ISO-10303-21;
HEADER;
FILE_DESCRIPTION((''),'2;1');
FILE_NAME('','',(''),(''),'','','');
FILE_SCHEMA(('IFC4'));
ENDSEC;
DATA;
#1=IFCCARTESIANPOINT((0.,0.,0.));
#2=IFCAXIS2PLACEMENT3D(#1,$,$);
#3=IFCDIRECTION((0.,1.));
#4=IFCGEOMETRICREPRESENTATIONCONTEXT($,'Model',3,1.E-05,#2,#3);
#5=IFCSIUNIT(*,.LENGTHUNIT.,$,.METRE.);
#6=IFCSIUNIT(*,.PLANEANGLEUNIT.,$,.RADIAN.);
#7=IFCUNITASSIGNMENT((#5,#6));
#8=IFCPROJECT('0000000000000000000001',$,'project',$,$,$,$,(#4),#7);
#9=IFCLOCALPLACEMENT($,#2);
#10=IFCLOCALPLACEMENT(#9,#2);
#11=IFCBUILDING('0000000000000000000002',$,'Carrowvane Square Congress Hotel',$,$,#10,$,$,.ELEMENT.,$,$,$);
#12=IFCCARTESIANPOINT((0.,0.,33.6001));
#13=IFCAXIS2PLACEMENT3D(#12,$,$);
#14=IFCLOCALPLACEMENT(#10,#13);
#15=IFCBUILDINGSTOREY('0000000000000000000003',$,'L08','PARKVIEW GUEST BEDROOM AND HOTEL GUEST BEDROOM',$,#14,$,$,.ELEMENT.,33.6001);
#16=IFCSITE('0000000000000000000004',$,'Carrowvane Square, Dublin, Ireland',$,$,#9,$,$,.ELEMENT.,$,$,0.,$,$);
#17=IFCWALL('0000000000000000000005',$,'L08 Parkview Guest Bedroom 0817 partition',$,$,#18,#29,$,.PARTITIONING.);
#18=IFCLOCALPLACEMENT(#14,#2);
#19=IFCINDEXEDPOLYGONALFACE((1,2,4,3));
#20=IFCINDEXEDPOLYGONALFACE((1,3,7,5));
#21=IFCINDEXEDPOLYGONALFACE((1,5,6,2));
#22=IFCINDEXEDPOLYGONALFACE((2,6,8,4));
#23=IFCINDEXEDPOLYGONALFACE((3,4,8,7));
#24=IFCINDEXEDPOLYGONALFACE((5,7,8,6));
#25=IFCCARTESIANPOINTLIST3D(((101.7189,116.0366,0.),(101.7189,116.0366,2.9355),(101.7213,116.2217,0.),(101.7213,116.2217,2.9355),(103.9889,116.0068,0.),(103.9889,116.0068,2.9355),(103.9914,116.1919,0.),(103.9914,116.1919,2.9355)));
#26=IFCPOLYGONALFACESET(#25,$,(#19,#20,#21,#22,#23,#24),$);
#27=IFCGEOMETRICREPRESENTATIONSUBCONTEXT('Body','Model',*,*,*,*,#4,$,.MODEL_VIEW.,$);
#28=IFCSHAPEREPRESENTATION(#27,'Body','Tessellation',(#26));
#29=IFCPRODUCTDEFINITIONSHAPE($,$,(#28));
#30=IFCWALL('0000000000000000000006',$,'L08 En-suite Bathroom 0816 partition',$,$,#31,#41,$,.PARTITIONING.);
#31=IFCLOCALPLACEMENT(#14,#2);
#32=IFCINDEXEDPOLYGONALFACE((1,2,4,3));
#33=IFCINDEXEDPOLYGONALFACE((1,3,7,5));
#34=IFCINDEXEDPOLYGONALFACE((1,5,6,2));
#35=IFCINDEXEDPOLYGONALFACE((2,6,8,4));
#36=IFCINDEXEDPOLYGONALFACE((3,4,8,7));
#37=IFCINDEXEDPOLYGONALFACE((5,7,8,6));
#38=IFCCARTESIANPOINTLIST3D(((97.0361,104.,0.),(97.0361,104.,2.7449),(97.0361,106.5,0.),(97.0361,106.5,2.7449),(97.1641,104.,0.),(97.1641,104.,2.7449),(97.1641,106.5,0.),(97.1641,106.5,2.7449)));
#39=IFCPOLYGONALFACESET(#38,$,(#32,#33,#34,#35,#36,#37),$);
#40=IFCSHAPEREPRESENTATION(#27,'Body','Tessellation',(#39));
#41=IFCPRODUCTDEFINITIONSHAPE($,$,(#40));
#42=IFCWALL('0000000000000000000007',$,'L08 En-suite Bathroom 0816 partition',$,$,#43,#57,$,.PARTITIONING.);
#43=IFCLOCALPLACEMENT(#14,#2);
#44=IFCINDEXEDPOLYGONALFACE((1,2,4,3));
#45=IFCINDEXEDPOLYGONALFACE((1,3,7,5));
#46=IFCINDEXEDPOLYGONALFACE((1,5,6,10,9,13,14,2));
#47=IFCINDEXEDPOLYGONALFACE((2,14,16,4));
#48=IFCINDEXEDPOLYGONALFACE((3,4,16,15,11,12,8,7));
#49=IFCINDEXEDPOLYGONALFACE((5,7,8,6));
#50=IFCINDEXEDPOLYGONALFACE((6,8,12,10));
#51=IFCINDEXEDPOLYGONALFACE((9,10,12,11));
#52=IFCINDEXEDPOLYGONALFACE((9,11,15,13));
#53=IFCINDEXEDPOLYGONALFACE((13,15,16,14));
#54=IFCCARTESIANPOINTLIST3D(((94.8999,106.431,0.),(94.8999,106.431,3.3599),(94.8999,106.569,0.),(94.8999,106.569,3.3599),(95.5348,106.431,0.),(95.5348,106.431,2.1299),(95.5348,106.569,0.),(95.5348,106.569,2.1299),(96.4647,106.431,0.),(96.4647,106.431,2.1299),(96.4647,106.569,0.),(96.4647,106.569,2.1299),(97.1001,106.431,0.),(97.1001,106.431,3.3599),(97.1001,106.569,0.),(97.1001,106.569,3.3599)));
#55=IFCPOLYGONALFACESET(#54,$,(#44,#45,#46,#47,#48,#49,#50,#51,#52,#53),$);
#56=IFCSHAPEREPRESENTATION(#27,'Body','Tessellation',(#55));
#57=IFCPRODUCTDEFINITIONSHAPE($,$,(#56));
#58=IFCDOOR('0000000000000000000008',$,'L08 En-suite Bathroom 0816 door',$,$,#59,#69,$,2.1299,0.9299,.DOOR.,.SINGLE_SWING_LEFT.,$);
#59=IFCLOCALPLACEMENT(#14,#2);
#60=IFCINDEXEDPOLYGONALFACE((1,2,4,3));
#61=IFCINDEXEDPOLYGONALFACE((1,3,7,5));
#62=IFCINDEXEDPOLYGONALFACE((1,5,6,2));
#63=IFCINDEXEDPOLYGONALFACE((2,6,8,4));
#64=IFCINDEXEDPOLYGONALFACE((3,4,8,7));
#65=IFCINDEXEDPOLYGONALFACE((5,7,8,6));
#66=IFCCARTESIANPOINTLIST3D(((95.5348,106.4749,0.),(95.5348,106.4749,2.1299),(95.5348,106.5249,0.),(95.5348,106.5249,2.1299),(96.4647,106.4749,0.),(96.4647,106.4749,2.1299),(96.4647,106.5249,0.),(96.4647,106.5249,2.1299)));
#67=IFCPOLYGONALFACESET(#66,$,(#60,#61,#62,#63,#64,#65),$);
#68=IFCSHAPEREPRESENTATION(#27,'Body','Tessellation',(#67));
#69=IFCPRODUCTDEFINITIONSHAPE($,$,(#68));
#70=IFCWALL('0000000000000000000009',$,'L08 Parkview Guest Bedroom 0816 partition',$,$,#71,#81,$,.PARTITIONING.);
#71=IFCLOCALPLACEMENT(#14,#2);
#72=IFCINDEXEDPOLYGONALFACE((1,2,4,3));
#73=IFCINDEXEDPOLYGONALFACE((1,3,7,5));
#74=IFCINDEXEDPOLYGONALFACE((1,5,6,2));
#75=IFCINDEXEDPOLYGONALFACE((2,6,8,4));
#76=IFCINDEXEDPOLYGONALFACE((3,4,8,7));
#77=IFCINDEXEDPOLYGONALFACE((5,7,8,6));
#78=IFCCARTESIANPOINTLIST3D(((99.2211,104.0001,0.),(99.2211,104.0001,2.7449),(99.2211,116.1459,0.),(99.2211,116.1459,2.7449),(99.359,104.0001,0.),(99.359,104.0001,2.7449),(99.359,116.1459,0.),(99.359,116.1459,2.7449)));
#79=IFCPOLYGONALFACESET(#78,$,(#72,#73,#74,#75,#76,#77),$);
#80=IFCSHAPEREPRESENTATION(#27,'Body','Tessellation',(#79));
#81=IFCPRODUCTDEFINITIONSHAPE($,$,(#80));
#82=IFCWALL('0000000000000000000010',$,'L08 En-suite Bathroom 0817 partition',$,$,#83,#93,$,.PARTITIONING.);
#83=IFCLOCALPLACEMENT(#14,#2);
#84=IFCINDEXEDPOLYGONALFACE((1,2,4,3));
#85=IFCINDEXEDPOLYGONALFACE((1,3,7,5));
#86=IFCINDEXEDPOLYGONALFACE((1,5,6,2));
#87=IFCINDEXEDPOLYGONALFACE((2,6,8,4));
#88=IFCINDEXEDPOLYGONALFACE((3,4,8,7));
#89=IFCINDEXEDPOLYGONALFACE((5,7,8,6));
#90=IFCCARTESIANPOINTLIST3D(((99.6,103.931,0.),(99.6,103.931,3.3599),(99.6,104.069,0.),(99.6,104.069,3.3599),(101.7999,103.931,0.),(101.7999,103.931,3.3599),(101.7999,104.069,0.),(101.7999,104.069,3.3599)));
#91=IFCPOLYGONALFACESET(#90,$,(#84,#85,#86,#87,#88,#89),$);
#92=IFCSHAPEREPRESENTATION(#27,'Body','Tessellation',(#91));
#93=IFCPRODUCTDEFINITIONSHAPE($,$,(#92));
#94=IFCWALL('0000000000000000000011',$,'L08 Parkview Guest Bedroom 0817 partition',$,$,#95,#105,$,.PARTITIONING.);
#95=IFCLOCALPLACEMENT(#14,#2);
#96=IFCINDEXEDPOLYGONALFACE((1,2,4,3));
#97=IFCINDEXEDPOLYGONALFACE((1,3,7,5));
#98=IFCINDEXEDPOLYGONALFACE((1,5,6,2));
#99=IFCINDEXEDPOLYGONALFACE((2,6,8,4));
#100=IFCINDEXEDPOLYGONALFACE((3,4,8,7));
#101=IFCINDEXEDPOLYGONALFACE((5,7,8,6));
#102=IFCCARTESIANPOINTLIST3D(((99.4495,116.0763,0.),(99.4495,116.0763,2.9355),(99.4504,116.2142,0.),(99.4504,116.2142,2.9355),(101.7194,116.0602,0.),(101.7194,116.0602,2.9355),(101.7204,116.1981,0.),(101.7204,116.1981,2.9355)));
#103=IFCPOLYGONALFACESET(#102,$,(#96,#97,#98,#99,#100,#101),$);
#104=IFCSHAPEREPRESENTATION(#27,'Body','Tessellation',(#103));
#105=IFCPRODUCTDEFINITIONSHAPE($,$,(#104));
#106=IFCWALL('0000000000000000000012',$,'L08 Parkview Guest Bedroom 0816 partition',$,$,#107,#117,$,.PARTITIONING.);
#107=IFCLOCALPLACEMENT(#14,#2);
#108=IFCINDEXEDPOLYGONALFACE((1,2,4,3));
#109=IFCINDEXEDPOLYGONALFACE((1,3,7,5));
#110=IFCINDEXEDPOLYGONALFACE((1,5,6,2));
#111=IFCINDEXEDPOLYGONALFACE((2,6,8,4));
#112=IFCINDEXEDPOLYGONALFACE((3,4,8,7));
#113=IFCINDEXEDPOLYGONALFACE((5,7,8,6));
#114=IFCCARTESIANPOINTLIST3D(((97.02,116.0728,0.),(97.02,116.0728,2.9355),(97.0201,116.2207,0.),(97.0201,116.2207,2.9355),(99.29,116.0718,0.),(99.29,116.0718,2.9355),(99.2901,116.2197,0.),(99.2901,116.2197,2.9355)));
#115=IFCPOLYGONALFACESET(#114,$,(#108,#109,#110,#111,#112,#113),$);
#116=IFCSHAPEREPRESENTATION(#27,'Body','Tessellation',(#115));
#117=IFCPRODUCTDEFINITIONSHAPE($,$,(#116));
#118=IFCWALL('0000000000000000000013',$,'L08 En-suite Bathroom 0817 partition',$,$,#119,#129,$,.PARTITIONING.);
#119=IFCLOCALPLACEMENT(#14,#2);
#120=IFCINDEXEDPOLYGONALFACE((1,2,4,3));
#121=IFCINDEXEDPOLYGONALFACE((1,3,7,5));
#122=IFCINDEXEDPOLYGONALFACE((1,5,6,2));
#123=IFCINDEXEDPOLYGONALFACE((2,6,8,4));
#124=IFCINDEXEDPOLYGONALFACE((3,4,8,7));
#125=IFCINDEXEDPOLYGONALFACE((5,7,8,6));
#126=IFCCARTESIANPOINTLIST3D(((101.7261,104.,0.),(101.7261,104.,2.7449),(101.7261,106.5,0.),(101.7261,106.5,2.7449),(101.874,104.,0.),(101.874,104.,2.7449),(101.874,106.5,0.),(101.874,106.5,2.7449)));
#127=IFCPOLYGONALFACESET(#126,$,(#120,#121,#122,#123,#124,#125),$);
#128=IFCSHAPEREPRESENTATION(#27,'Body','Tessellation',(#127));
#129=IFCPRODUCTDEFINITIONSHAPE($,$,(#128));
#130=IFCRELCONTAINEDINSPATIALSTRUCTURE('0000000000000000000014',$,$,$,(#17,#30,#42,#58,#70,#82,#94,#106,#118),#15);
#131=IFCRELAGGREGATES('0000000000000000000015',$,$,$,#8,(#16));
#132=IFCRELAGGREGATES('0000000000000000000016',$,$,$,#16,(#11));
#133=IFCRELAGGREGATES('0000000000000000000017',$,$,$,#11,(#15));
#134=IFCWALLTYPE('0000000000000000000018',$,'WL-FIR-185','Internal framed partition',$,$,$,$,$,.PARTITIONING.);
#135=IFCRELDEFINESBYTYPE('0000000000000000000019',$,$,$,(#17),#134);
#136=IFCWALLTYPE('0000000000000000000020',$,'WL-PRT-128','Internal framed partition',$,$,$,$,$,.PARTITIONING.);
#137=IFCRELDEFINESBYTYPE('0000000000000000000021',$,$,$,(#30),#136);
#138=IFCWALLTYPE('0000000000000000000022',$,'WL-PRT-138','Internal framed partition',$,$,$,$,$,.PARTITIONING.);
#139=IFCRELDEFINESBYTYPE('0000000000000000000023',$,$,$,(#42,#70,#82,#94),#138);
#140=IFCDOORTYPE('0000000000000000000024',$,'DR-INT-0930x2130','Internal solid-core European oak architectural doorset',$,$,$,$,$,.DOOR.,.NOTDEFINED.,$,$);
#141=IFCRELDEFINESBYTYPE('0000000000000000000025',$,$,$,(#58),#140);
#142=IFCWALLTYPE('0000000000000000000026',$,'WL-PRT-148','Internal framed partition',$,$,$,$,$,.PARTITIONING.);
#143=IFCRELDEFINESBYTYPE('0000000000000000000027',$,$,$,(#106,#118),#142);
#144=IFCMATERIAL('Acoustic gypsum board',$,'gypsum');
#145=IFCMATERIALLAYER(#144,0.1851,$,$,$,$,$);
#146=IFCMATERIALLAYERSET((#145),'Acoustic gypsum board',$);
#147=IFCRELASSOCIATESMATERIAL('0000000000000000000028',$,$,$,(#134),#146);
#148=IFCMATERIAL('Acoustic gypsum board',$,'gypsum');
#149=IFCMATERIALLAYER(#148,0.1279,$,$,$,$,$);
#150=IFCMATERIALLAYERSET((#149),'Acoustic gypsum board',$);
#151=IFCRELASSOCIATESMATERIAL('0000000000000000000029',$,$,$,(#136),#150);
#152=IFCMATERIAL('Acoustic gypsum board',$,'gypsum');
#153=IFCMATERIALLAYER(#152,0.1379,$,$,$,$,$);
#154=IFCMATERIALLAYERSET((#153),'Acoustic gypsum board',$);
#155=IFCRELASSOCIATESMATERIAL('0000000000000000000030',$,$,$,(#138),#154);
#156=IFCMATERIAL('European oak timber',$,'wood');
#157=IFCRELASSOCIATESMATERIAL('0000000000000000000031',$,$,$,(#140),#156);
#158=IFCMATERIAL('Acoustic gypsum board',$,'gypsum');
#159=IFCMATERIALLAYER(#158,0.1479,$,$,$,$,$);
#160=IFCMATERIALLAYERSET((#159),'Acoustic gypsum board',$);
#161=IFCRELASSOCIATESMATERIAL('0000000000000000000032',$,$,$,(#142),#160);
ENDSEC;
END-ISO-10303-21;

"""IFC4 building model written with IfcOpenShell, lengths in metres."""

from ifc_helpers import new_model, si_unit, direction, frame, frame_2d, origin, place, context, subcontext, project, spatial, rectangle, extrude, material, layer, layer_set, type_object, element, fill, save


model = new_model("IFC4")

# Units and contexts
model_context = context("Model", 3, precision=1e-05, world=origin(), true_north=direction((0.0, 1.0)))
body_context = subcontext(model_context, "Body", "Model", "MODEL_VIEW")
ifc_project = project(units=[si_unit("LENGTHUNIT", "METRE"), si_unit("PLANEANGLEUNIT", "RADIAN")], contexts=[model_context])

# Site, building, storey
site_placement = place(None, origin())
site = spatial("IfcSite", under=ifc_project, at=site_placement, Name="Carrowvane Square, Dublin, Ireland", CompositionType="ELEMENT", RefElevation=0.0)
building_placement = place(site_placement, origin())
building = spatial("IfcBuilding", under=site, at=building_placement, Name="Carrowvane Square Congress Hotel", CompositionType="ELEMENT")
storey_placement = place(building_placement, frame((0.0, 0.0, 33.6001)))
storey = spatial("IfcBuildingStorey", under=building, at=storey_placement, Name="L08", Description="PARKVIEW GUEST BEDROOM AND HOTEL GUEST BEDROOM", CompositionType="ELEMENT", Elevation=33.6001)

# Shared definitions
ifc_material_1 = material(Name="Acoustic gypsum board", Category="gypsum")
ifc_layer_1 = layer(ifc_material_1, 0.1851)
ifc_layer_set_1 = layer_set([ifc_layer_1], Name="Acoustic gypsum board")
wall_type_1 = type_object("IfcWallType", Name="WL-FIR-185", Description="Internal framed partition", PredefinedType="PARTITIONING", material=ifc_layer_set_1)

# Walls
wall_1_placement = place(storey_placement, frame((101.72, 116.1292, 0.0), z_axis=(0.0, 0.0, 1.0), x_axis=(0.999914, -0.01312, 0.0)))
element("IfcWall", 1, at=wall_1_placement, inside=storey, type_object=wall_type_1, Name="L08 Parkview Guest Bedroom 0817 partition", PredefinedType="PARTITIONING", context=body_context, shape_type="SweptSolid", body=[
    extrude(rectangle(XDim=2.2703, YDim=0.1851, at=frame_2d((1.1353, 0.0))), origin(), (0.0, 0.0, 1.0), 2.9355),
])
ifc_material_2 = material(Name="Acoustic gypsum board", Category="gypsum")
ifc_layer_2 = layer(ifc_material_2, 0.1279)
ifc_layer_set_2 = layer_set([ifc_layer_2], Name="Acoustic gypsum board")
wall_type_2 = type_object("IfcWallType", Name="WL-PRT-128", Description="Internal framed partition", PredefinedType="PARTITIONING", material=ifc_layer_set_2)
wall_2_placement = place(storey_placement, frame((97.1001, 106.5, 0.0), z_axis=(0.0, 0.0, 1.0), x_axis=(0.0, -1.0, 0.0)))
element("IfcWall", 2, at=wall_2_placement, inside=storey, type_object=wall_type_2, Name="L08 En-suite Bathroom 0816 partition", PredefinedType="PARTITIONING", context=body_context, shape_type="SweptSolid", body=[
    extrude(rectangle(XDim=2.5, YDim=0.1279, at=frame_2d((1.25, 0.0))), origin(), (0.0, 0.0, 1.0), 2.7449),
])

# Wall, opening, door
ifc_material_3 = material(Name="Acoustic gypsum board", Category="gypsum")
ifc_layer_3 = layer(ifc_material_3, 0.1379)
ifc_layer_set_3 = layer_set([ifc_layer_3], Name="Acoustic gypsum board")
wall_type_3 = type_object("IfcWallType", Name="WL-PRT-138", Description="Internal framed partition", PredefinedType="PARTITIONING", material=ifc_layer_set_3)
wall_3_placement = place(storey_placement, frame((94.8999, 106.5, 0.0), z_axis=(0.0, 0.0, 1.0), x_axis=(1.0, 0.0, 0.0)))
wall_3 = element("IfcWall", 3, at=wall_3_placement, inside=storey, type_object=wall_type_3, Name="L08 En-suite Bathroom 0816 partition", PredefinedType="PARTITIONING", context=body_context, shape_type="SweptSolid", body=[
    extrude(rectangle(XDim=2.2002, YDim=0.1379, at=frame_2d((1.1001, 0.0))), origin(), (0.0, 0.0, 1.0), 3.3599),
])
opening_1_placement = place(wall_3_placement, frame((0.635, 0.0, 0.0)))
opening_1 = element("IfcOpeningElement", 4, at=opening_1_placement, cuts=wall_3, PredefinedType="OPENING", context=body_context, shape_type="SweptSolid", body=[
    extrude(rectangle(XDim=0.9299, YDim=2.1299, at=frame_2d((0.4648, 1.0649))), frame((0.0, 0.0789, 0.0), z_axis=(0.0, -1.0, 0.0), x_axis=(1.0, 0.0, 0.0)), (0.0, 0.0, 1.0), 0.158),
])
ifc_material_4 = material(Name="European oak timber", Category="wood")
door_type_1 = type_object("IfcDoorType", Name="DR-INT-0930x2130", Description="Internal solid-core European oak architectural doorset", OperationType="NOTDEFINED", PredefinedType="DOOR", material=ifc_material_4)
door_1_placement = place(opening_1_placement, origin())
door_1 = element("IfcDoor", 5, at=door_1_placement, inside=storey, type_object=door_type_1, Name="L08 En-suite Bathroom 0816 door", OperationType="SINGLE_SWING_LEFT", OverallHeight=2.1299, OverallWidth=0.9299, PredefinedType="DOOR", context=body_context, shape_type="SweptSolid", body=[
    extrude(rectangle(XDim=0.9299, YDim=2.1299, at=frame_2d((0.4648, 1.0649))), frame((0.0, 0.0249, 0.0), z_axis=(0.0, -1.0, 0.0), x_axis=(1.0, 0.0, 0.0)), (0.0, 0.0, 1.0), 0.05),
])
fill(opening_1, door_1)

# Walls
wall_4_placement = place(storey_placement, frame((99.29, 116.1458, 0.0), z_axis=(0.0, 0.0, 1.0), x_axis=(0.0, -1.0, 0.0)))
element("IfcWall", 6, at=wall_4_placement, inside=storey, type_object=wall_type_3, Name="L08 Parkview Guest Bedroom 0816 partition", PredefinedType="PARTITIONING", context=body_context, shape_type="SweptSolid", body=[
    extrude(rectangle(XDim=12.1458, YDim=0.1379, at=frame_2d((6.0728, 0.0))), origin(), (0.0, 0.0, 1.0), 2.7449),
])
wall_5_placement = place(storey_placement, frame((101.8, 104.0, 0.0), z_axis=(0.0, 0.0, 1.0), x_axis=(-1.0, 0.0, 0.0)))
element("IfcWall", 7, at=wall_5_placement, inside=storey, type_object=wall_type_3, Name="L08 En-suite Bathroom 0817 partition", PredefinedType="PARTITIONING", context=body_context, shape_type="SweptSolid", body=[
    extrude(rectangle(XDim=2.2, YDim=0.1379, at=frame_2d((1.1001, 0.0))), origin(), (0.0, 0.0, 1.0), 3.3599),
])
wall_6_placement = place(storey_placement, frame((99.45, 116.1453, 0.0), z_axis=(0.0, 0.0, 1.0), x_axis=(0.999975, -0.007098, 0.0)))
element("IfcWall", 8, at=wall_6_placement, inside=storey, type_object=wall_type_3, Name="L08 Parkview Guest Bedroom 0817 partition", PredefinedType="PARTITIONING", context=body_context, shape_type="SweptSolid", body=[
    extrude(rectangle(XDim=2.27, YDim=0.1379, at=frame_2d((1.135, 0.0))), origin(), (0.0, 0.0, 1.0), 2.9355),
])
ifc_material_5 = material(Name="Acoustic gypsum board", Category="gypsum")
ifc_layer_4 = layer(ifc_material_5, 0.1479)
ifc_layer_set_4 = layer_set([ifc_layer_4], Name="Acoustic gypsum board")
wall_type_4 = type_object("IfcWallType", Name="WL-PRT-148", Description="Internal framed partition", PredefinedType="PARTITIONING", material=ifc_layer_set_4)
wall_7_placement = place(storey_placement, frame((97.02, 116.1467, 0.0), z_axis=(0.0, 0.0, 1.0), x_axis=(1.0, -0.00043, 0.0)))
element("IfcWall", 9, at=wall_7_placement, inside=storey, type_object=wall_type_4, Name="L08 Parkview Guest Bedroom 0816 partition", PredefinedType="PARTITIONING", context=body_context, shape_type="SweptSolid", body=[
    extrude(rectangle(XDim=2.27, YDim=0.1479, at=frame_2d((1.135, 0.0))), origin(), (0.0, 0.0, 1.0), 2.9355),
])
wall_8_placement = place(storey_placement, frame((101.8, 106.5, 0.0), z_axis=(0.0, 0.0, 1.0), x_axis=(0.0, -1.0, 0.0)))
element("IfcWall", 10, at=wall_8_placement, inside=storey, type_object=wall_type_4, Name="L08 En-suite Bathroom 0817 partition", PredefinedType="PARTITIONING", context=body_context, shape_type="SweptSolid", body=[
    extrude(rectangle(XDim=2.5, YDim=0.1479, at=frame_2d((1.25, 0.0))), origin(), (0.0, 0.0, 1.0), 2.7449),
])

save(model, "model.ifc")
